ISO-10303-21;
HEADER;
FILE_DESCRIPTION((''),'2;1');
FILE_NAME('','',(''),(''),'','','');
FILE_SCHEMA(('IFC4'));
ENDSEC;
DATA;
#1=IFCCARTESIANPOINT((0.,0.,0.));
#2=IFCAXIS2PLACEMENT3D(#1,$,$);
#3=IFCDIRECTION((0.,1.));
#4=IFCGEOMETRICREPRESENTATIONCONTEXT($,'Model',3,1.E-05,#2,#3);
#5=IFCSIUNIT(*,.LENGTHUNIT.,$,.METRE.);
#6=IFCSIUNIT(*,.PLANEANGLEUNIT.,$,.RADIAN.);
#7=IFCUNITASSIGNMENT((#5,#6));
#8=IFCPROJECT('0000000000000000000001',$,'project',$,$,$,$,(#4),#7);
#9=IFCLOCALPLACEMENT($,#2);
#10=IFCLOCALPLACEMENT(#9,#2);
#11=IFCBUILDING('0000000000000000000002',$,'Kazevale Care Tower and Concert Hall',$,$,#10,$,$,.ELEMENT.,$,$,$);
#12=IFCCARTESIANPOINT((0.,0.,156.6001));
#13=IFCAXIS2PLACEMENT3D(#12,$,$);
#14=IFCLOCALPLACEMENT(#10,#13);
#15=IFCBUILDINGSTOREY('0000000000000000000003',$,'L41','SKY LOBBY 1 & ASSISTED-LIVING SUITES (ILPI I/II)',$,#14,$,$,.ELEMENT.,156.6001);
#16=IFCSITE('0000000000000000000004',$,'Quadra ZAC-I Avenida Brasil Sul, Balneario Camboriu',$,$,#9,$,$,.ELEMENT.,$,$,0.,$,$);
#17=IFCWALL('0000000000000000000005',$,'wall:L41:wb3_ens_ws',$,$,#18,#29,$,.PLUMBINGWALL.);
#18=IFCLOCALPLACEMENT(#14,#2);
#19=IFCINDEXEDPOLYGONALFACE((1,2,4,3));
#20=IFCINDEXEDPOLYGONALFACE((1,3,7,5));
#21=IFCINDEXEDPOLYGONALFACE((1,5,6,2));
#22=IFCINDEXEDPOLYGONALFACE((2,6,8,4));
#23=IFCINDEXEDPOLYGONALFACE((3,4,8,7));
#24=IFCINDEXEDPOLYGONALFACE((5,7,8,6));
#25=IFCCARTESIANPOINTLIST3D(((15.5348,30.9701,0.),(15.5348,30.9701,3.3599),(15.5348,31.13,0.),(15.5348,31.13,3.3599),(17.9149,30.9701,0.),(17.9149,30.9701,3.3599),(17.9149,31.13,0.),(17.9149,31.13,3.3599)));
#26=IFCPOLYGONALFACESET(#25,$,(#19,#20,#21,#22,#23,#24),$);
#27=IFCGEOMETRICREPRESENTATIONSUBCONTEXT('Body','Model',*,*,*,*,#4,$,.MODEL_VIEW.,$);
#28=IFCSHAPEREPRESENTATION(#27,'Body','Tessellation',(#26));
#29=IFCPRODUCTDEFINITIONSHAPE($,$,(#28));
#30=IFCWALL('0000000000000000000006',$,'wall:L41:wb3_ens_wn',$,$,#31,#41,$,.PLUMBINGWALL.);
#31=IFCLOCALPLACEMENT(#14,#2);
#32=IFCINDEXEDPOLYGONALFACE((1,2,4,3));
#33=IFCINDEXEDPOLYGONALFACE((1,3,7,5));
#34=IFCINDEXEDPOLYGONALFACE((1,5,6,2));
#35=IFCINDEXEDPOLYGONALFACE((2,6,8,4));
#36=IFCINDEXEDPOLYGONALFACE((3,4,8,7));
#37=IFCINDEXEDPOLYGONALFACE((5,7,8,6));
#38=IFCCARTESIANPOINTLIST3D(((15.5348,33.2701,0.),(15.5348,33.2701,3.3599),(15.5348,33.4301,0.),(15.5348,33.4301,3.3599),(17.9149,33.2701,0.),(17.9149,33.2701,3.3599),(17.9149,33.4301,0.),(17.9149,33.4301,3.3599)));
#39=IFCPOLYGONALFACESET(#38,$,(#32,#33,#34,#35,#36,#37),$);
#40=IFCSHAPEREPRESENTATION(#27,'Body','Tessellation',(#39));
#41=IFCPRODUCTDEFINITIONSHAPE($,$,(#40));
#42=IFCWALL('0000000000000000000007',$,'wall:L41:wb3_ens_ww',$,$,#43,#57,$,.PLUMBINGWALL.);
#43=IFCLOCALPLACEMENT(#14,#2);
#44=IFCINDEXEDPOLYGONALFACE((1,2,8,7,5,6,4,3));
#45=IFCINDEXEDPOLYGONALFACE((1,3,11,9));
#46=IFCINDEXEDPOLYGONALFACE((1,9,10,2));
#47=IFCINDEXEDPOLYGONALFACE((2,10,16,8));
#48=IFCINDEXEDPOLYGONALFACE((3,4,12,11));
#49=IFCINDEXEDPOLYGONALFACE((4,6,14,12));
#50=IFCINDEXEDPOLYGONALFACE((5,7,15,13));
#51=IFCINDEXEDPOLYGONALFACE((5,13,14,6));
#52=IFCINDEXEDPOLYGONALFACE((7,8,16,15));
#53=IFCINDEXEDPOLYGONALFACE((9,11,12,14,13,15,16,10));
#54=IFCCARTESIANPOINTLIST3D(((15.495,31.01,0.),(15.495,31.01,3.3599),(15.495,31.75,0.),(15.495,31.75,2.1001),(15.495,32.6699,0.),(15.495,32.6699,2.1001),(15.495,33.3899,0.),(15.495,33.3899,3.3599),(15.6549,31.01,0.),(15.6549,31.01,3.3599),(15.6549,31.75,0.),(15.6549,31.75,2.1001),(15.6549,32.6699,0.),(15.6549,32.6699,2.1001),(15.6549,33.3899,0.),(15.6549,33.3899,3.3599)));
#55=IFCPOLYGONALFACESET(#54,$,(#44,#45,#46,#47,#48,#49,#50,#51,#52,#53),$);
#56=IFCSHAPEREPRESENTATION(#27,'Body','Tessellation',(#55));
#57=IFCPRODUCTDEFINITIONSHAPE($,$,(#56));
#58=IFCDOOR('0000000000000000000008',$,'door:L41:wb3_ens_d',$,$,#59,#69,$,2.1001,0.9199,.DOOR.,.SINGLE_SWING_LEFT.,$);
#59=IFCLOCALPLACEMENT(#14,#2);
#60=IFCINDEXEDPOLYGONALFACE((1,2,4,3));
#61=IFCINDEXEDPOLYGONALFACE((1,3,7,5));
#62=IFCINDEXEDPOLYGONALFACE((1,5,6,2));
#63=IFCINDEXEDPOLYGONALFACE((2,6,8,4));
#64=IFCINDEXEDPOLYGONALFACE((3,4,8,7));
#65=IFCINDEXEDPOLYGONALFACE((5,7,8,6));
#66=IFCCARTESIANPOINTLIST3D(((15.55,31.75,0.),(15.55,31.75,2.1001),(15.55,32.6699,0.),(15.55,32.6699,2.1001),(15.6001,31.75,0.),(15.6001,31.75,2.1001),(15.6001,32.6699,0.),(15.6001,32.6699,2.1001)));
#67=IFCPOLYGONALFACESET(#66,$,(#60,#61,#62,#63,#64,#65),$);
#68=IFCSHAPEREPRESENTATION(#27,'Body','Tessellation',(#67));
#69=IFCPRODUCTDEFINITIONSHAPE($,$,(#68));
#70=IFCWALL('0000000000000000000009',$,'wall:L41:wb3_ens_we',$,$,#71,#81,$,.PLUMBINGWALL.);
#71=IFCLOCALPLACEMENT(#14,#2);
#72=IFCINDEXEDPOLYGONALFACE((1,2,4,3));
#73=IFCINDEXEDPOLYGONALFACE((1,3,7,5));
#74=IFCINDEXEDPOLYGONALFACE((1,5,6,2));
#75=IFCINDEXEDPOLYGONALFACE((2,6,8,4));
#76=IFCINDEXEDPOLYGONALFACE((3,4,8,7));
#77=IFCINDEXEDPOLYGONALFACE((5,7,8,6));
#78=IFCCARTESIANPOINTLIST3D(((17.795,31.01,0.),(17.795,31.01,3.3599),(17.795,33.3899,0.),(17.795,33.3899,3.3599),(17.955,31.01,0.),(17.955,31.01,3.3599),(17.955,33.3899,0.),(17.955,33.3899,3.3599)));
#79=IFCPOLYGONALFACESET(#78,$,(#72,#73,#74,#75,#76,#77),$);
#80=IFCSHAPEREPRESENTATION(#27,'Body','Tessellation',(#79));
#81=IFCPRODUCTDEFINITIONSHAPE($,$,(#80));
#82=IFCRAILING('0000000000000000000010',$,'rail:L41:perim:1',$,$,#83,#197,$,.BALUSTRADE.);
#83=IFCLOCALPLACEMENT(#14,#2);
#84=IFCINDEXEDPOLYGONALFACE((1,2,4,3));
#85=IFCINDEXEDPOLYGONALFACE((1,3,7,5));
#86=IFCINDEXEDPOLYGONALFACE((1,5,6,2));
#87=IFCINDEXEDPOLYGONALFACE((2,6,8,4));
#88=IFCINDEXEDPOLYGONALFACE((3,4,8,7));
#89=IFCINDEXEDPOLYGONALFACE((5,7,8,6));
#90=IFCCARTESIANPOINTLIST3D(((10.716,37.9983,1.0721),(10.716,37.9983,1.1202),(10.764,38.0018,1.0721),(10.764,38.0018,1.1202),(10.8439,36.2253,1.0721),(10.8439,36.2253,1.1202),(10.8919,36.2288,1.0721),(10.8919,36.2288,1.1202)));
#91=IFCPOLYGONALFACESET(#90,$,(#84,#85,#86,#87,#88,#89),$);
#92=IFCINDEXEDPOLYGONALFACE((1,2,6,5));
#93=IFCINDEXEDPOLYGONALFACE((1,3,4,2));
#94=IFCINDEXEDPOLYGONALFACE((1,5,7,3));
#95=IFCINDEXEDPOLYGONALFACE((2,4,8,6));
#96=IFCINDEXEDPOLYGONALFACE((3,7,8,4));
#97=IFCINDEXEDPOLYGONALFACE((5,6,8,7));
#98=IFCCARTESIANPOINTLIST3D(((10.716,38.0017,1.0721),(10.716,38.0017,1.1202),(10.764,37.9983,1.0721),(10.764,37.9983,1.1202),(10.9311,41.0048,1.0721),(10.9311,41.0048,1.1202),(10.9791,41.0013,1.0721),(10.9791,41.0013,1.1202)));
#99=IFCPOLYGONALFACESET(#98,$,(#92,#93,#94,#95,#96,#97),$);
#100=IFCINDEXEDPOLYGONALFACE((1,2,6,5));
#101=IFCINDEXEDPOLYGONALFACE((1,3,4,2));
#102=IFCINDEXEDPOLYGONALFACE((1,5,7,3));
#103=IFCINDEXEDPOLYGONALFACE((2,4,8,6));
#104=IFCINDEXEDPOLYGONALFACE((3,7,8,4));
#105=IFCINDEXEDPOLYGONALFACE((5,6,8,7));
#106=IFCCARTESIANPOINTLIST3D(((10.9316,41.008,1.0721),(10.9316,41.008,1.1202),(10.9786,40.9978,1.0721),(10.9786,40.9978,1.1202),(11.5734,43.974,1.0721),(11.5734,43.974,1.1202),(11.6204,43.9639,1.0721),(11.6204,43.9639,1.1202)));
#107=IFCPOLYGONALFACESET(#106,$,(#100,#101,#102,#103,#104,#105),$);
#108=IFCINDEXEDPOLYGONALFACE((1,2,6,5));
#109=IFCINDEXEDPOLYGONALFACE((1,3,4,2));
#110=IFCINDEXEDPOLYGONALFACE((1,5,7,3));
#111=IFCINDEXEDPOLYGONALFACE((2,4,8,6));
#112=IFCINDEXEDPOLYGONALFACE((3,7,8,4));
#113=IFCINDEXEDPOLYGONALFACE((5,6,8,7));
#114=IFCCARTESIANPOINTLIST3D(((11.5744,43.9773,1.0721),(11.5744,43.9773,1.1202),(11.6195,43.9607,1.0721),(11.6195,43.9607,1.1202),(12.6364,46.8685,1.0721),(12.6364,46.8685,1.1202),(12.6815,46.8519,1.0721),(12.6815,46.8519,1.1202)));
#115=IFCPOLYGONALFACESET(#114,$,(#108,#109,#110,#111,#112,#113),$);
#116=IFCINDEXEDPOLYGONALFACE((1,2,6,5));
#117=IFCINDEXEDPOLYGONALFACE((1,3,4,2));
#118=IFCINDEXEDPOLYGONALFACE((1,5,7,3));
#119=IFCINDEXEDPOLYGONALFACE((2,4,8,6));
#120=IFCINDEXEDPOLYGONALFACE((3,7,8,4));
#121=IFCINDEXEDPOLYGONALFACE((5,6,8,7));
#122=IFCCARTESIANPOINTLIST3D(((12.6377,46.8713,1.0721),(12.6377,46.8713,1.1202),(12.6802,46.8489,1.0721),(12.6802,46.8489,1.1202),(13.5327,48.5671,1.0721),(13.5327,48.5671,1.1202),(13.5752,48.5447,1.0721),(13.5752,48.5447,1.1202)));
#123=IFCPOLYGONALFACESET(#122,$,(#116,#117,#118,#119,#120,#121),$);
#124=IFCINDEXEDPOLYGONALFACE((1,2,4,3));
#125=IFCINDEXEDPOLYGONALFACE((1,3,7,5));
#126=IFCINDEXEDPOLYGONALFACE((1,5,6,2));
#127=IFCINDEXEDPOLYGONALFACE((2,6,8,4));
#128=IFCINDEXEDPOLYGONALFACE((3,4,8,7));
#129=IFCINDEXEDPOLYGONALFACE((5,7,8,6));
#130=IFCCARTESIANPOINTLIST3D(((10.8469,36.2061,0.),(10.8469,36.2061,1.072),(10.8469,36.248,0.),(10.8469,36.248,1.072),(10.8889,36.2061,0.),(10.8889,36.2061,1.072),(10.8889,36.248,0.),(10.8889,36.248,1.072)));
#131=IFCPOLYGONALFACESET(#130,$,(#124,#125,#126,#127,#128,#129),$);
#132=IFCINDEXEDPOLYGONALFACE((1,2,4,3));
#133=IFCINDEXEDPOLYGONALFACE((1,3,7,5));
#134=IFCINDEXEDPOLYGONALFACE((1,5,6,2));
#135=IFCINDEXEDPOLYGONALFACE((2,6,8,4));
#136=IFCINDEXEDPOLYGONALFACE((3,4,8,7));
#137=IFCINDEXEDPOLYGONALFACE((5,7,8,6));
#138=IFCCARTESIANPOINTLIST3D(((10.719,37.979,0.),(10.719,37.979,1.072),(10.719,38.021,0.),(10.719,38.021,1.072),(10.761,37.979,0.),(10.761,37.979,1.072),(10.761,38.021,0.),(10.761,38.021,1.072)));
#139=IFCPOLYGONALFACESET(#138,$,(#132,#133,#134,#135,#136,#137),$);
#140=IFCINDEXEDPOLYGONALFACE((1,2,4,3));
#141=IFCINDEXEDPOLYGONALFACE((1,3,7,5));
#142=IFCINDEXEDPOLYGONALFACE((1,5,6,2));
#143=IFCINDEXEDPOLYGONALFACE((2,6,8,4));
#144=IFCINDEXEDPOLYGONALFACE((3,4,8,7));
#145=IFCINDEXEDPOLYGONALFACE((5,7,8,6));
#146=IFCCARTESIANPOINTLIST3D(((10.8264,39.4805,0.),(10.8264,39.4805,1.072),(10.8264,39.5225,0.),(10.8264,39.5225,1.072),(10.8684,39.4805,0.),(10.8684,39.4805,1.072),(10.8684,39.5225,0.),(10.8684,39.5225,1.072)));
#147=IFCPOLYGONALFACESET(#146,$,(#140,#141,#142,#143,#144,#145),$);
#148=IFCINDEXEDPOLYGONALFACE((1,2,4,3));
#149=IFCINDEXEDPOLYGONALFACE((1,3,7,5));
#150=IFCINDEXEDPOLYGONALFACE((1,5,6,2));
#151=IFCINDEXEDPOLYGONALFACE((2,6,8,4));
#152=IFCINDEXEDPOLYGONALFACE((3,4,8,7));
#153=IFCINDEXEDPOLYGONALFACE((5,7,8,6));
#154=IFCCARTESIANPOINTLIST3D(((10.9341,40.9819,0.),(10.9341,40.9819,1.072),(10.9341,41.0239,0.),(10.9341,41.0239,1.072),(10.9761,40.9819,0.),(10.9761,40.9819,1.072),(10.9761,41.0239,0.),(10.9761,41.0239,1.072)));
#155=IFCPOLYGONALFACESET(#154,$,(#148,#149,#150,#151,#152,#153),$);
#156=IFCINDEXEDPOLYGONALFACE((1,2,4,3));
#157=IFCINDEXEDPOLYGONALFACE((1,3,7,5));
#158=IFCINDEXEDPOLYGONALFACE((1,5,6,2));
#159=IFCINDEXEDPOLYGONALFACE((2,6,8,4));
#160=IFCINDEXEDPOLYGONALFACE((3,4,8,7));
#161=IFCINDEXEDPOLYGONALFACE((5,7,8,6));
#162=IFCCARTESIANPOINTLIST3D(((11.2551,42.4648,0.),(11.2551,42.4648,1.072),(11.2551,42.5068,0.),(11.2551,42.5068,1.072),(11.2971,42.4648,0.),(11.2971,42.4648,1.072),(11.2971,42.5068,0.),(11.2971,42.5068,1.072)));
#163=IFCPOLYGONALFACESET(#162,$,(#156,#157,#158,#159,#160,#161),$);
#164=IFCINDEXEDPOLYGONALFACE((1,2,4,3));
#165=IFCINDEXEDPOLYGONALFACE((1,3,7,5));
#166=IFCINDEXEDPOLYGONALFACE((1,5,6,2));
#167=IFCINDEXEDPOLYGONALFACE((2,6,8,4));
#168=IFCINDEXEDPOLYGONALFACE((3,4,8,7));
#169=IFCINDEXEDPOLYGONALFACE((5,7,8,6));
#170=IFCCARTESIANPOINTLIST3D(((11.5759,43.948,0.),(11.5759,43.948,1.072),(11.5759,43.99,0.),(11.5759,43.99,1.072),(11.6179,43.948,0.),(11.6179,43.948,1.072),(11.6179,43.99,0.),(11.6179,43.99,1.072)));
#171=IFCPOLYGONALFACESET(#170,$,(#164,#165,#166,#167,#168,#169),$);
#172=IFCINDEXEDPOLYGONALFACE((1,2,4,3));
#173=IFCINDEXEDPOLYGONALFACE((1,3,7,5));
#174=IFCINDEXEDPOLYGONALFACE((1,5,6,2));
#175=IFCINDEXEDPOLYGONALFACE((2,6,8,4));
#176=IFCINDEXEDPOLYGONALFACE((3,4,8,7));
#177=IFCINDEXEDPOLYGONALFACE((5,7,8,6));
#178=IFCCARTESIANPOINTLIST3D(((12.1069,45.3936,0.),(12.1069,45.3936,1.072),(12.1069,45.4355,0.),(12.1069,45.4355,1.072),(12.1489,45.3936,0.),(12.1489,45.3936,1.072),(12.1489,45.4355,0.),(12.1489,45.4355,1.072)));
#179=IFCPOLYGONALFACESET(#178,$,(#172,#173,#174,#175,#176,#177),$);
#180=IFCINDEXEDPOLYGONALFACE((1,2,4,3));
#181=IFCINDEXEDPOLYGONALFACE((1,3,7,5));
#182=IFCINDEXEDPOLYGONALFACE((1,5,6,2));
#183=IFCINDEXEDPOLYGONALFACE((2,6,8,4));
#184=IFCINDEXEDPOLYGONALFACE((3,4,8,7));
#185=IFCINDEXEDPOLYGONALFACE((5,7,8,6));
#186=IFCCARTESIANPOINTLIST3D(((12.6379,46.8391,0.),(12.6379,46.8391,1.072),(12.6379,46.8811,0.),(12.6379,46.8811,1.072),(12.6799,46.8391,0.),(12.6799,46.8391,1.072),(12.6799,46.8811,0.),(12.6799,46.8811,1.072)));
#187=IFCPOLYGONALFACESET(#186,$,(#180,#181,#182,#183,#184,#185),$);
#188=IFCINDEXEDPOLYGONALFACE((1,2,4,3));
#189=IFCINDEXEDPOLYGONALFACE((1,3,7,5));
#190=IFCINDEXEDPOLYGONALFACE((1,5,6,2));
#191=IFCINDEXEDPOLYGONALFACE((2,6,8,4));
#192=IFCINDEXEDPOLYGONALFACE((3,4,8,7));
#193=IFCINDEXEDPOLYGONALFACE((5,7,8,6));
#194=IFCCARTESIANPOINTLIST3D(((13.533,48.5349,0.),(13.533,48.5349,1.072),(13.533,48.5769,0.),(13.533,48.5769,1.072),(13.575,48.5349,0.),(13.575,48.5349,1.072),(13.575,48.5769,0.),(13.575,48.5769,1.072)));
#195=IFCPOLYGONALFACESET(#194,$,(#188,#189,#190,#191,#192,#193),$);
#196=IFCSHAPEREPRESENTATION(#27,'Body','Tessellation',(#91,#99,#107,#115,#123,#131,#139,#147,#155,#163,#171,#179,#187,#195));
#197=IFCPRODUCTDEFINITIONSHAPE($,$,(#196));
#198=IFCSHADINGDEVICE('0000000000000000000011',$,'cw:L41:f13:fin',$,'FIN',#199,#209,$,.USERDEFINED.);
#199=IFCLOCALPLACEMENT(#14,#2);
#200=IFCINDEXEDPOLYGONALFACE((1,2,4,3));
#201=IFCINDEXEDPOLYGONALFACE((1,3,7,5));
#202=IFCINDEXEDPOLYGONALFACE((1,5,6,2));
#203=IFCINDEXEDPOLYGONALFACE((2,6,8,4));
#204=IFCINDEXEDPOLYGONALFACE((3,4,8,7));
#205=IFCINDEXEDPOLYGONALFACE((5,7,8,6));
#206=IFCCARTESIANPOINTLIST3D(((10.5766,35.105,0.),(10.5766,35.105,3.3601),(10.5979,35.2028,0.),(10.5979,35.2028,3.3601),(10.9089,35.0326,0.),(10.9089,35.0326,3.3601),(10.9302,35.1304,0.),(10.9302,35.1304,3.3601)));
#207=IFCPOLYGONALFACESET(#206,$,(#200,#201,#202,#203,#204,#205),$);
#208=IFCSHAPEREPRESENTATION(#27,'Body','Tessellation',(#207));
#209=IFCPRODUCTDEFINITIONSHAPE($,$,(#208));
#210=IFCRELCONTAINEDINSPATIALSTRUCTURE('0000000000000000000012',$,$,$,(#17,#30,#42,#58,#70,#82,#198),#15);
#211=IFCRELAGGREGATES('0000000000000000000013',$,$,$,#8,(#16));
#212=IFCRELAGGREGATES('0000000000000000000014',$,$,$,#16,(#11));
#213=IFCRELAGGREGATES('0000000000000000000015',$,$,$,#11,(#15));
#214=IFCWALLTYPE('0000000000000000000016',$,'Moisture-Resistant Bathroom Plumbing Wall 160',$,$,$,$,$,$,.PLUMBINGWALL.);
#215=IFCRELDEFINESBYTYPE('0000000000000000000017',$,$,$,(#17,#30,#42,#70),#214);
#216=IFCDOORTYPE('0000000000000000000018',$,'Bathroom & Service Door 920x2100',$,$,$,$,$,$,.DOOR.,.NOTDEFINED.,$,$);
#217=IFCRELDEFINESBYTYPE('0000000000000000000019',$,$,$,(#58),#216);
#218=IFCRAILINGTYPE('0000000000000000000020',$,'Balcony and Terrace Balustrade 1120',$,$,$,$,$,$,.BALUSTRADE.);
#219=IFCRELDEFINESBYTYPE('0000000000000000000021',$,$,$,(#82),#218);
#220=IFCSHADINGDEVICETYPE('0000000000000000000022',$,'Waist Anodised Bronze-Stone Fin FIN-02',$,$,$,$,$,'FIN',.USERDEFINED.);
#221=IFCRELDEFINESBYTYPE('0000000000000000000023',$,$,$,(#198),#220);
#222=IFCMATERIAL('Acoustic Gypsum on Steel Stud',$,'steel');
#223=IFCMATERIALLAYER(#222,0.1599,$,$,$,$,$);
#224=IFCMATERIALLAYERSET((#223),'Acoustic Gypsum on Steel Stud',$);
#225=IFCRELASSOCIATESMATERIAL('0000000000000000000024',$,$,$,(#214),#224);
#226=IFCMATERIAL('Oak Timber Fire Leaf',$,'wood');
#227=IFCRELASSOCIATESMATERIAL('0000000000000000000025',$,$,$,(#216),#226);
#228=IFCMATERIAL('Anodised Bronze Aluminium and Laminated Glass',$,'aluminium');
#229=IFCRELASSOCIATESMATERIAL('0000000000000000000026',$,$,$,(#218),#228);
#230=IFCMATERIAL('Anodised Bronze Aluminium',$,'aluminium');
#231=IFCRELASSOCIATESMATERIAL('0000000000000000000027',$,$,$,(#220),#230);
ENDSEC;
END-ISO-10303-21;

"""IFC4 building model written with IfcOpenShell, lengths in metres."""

from ifc_helpers import new_model, si_unit, direction, frame, frame_2d, origin, origin_2d, place, context, subcontext, project, spatial, rectangle, extrude, material, layer, layer_set, type_object, element, fill, save


model = new_model("IFC4")

# Units and contexts
model_context = context("Model", 3, precision=1e-05, world=origin(), true_north=direction((0.0, 1.0)))
body_context = subcontext(model_context, "Body", "Model", "MODEL_VIEW")
ifc_project = project(units=[si_unit("LENGTHUNIT", "METRE"), si_unit("PLANEANGLEUNIT", "RADIAN")], contexts=[model_context])

# Site, building, storey
site_placement = place(None, origin())
site = spatial("IfcSite", under=ifc_project, at=site_placement, Name="Quadra ZAC-I Avenida Brasil Sul, Balneario Camboriu", CompositionType="ELEMENT", RefElevation=0.0)
building_placement = place(site_placement, origin())
building = spatial("IfcBuilding", under=site, at=building_placement, Name="Kazevale Care Tower and Concert Hall", CompositionType="ELEMENT")
storey_placement = place(building_placement, frame((0.0, 0.0, 156.6001)))
storey = spatial("IfcBuildingStorey", under=building, at=storey_placement, Name="L41", Description="SKY LOBBY 1 & ASSISTED-LIVING SUITES (ILPI I/II)", CompositionType="ELEMENT", Elevation=156.6001)

# Walls
ifc_material_1 = material(Name="Acoustic Gypsum on Steel Stud", Category="steel")
ifc_layer_1 = layer(ifc_material_1, 0.1599)
ifc_layer_set_1 = layer_set([ifc_layer_1], Name="Acoustic Gypsum on Steel Stud")
wall_type_1 = type_object("IfcWallType", Name="Moisture-Resistant Bathroom Plumbing Wall 160", PredefinedType="PLUMBINGWALL", material=ifc_layer_set_1)
for number, where, z_axis, x_axis, name in (
    (1, (15.5349, 31.05, 0.0), (0.0, 0.0, 1.0), (1.0, 0.0, 0.0), "wall:L41:wb3_ens_ws"),
    (2, (15.5349, 33.3501, 0.0), (0.0, 0.0, 1.0), (1.0, 0.0, 0.0), "wall:L41:wb3_ens_wn"),
):
    element("IfcWall", number, at=place(storey_placement, frame(where, z_axis=z_axis, x_axis=x_axis)), inside=storey, type_object=wall_type_1, Name=name, PredefinedType="PLUMBINGWALL", context=body_context, shape_type="SweptSolid", body=[
        extrude(rectangle(XDim=2.3801, YDim=0.1599, at=frame_2d((1.1899, 0.0))), origin(), (0.0, 0.0, 1.0), 3.3599),
    ])

# Wall, opening, door
wall_1_placement = place(storey_placement, frame((15.575, 31.01, 0.0), z_axis=(0.0, 0.0, 1.0), x_axis=(0.0, 1.0, 0.0)))
wall_1 = element("IfcWall", 3, at=wall_1_placement, inside=storey, type_object=wall_type_1, Name="wall:L41:wb3_ens_ww", PredefinedType="PLUMBINGWALL", context=body_context, shape_type="SweptSolid", body=[
    extrude(rectangle(XDim=2.3799, YDim=0.1599, at=frame_2d((1.1899, 0.0))), origin(), (0.0, 0.0, 1.0), 3.3599),
])
opening_placement = place(wall_1_placement, frame((0.74, 0.0, 0.0)))
opening = element("IfcOpeningElement", 4, at=opening_placement, cuts=wall_1, PredefinedType="OPENING", context=body_context, shape_type="SweptSolid", body=[
    extrude(rectangle(XDim=0.9199, YDim=2.1001, at=frame_2d((0.46, 1.05))), frame((0.0, 0.0898, 0.0), z_axis=(0.0, -1.0, 0.0), x_axis=(1.0, 0.0, 0.0)), (0.0, 0.0, 1.0), 0.1799),
])
ifc_material_2 = material(Name="Oak Timber Fire Leaf", Category="wood")
door_type = type_object("IfcDoorType", Name="Bathroom & Service Door 920x2100", OperationType="NOTDEFINED", PredefinedType="DOOR", material=ifc_material_2)
door_placement = place(opening_placement, origin())
door = element("IfcDoor", 5, at=door_placement, inside=storey, type_object=door_type, Name="door:L41:wb3_ens_d", OperationType="SINGLE_SWING_LEFT", OverallHeight=2.1001, OverallWidth=0.9199, PredefinedType="DOOR", context=body_context, shape_type="SweptSolid", body=[
    extrude(rectangle(XDim=0.9199, YDim=2.1001, at=frame_2d((0.46, 1.05))), frame((0.0, 0.0249, 0.0), z_axis=(0.0, -1.0, 0.0), x_axis=(1.0, 0.0, 0.0)), (0.0, 0.0, 1.0), 0.05),
])
fill(opening, door)

# Wall
wall_2_placement = place(storey_placement, frame((17.875, 31.01, 0.0), z_axis=(0.0, 0.0, 1.0), x_axis=(0.0, 1.0, 0.0)))
element("IfcWall", 6, at=wall_2_placement, inside=storey, type_object=wall_type_1, Name="wall:L41:wb3_ens_we", PredefinedType="PLUMBINGWALL", context=body_context, shape_type="SweptSolid", body=[
    extrude(rectangle(XDim=2.3799, YDim=0.1599, at=frame_2d((1.1899, 0.0))), origin(), (0.0, 0.0, 1.0), 3.3599),
])

# Railing
ifc_material_3 = material(Name="Anodised Bronze Aluminium and Laminated Glass", Category="aluminium")
railing_type = type_object("IfcRailingType", Name="Balcony and Terrace Balustrade 1120", PredefinedType="BALUSTRADE", material=ifc_material_3)
railing_placement = place(storey_placement, frame((10.8679, 36.2271, 0.0)))
element("IfcRailing", 7, at=railing_placement, inside=storey, type_object=railing_type, Name="rail:L41:perim:1", PredefinedType="BALUSTRADE", context=body_context, shape_type="SweptSolid", body=[
    extrude(rectangle(XDim=0.0481, YDim=0.0481, at=origin_2d()), frame((0.0, 0.0, 1.0962), z_axis=(-0.071969, 0.997407, 0.0), x_axis=(-0.997407, -0.071969, 0.0)), (0.0, 0.0, 1.0), 1.7776),
    extrude(rectangle(XDim=0.0481, YDim=0.0481, at=origin_2d()), frame((-0.1279, 1.7729, 1.0962), z_axis=(0.071443, 0.997445, 0.0), x_axis=(-0.997445, 0.071443, 0.0)), (0.0, 0.0, 1.0), 3.0107),
    extrude(rectangle(XDim=0.0481, YDim=0.0481, at=origin_2d()), frame((0.0872, 4.7759, 1.0962), z_axis=(0.211501, 0.977378, 0.0), x_axis=(-0.977378, 0.211501, 0.0)), (0.0, 0.0, 1.0), 3.0347),
    extrude(rectangle(XDim=0.0481, YDim=0.0481, at=origin_2d()), frame((0.729, 7.7419, 1.0962), z_axis=(0.344809, 0.938673, 0.0), x_axis=(-0.938673, 0.344809, 0.0)), (0.0, 0.0, 1.0), 3.0801),
    extrude(rectangle(XDim=0.0481, YDim=0.0481, at=origin_2d()), frame((1.791, 10.6331, 1.0962), z_axis=(0.466764, 0.884382, 0.0), x_axis=(-0.884382, 0.466764, 0.0)), (0.0, 0.0, 1.0), 1.9175),
    extrude(rectangle(XDim=0.042, YDim=0.042, at=origin_2d()), origin(), (0.0, 0.0, 1.0), 1.072),
    extrude(rectangle(XDim=0.042, YDim=0.042, at=origin_2d()), frame((-0.1279, 1.7729, 0.0)), (0.0, 0.0, 1.0), 1.072),
    extrude(rectangle(XDim=0.042, YDim=0.042, at=origin_2d()), frame((-0.0205, 3.2744, 0.0)), (0.0, 0.0, 1.0), 1.072),
    extrude(rectangle(XDim=0.042, YDim=0.042, at=origin_2d()), frame((0.0872, 4.7759, 0.0)), (0.0, 0.0, 1.0), 1.072),
    extrude(rectangle(XDim=0.042, YDim=0.042, at=origin_2d()), frame((0.4082, 6.2588, 0.0)), (0.0, 0.0, 1.0), 1.072),
    extrude(rectangle(XDim=0.042, YDim=0.042, at=origin_2d()), frame((0.729, 7.7419, 0.0)), (0.0, 0.0, 1.0), 1.072),
    extrude(rectangle(XDim=0.042, YDim=0.042, at=origin_2d()), frame((1.26, 9.1875, 0.0)), (0.0, 0.0, 1.0), 1.072),
    extrude(rectangle(XDim=0.042, YDim=0.042, at=origin_2d()), frame((1.791, 10.6331, 0.0)), (0.0, 0.0, 1.0), 1.072),
    extrude(rectangle(XDim=0.042, YDim=0.042, at=origin_2d()), frame((2.686, 12.3289, 0.0)), (0.0, 0.0, 1.0), 1.072),
])

# Shading device
ifc_material_4 = material(Name="Anodised Bronze Aluminium", Category="aluminium")
shading_device_type = type_object("IfcShadingDeviceType", Name="Waist Anodised Bronze-Stone Fin FIN-02", ElementType="FIN", PredefinedType="USERDEFINED", material=ifc_material_4)
shading_device_placement = place(storey_placement, frame((10.7534, 35.1177, 0.0), z_axis=(0.0, 0.0, 1.0), x_axis=(-0.977083, 0.21286, 0.0)))
element("IfcShadingDevice", 8, at=shading_device_placement, inside=storey, type_object=shading_device_type, Name="cw:L41:f13:fin", ObjectType="FIN", PredefinedType="USERDEFINED", context=body_context, shape_type="SweptSolid", body=[
    extrude(rectangle(XDim=0.3401, YDim=0.1001, at=origin_2d()), origin(), (0.0, 0.0, 1.0), 3.3601),
])

save(model, "model.ifc")
